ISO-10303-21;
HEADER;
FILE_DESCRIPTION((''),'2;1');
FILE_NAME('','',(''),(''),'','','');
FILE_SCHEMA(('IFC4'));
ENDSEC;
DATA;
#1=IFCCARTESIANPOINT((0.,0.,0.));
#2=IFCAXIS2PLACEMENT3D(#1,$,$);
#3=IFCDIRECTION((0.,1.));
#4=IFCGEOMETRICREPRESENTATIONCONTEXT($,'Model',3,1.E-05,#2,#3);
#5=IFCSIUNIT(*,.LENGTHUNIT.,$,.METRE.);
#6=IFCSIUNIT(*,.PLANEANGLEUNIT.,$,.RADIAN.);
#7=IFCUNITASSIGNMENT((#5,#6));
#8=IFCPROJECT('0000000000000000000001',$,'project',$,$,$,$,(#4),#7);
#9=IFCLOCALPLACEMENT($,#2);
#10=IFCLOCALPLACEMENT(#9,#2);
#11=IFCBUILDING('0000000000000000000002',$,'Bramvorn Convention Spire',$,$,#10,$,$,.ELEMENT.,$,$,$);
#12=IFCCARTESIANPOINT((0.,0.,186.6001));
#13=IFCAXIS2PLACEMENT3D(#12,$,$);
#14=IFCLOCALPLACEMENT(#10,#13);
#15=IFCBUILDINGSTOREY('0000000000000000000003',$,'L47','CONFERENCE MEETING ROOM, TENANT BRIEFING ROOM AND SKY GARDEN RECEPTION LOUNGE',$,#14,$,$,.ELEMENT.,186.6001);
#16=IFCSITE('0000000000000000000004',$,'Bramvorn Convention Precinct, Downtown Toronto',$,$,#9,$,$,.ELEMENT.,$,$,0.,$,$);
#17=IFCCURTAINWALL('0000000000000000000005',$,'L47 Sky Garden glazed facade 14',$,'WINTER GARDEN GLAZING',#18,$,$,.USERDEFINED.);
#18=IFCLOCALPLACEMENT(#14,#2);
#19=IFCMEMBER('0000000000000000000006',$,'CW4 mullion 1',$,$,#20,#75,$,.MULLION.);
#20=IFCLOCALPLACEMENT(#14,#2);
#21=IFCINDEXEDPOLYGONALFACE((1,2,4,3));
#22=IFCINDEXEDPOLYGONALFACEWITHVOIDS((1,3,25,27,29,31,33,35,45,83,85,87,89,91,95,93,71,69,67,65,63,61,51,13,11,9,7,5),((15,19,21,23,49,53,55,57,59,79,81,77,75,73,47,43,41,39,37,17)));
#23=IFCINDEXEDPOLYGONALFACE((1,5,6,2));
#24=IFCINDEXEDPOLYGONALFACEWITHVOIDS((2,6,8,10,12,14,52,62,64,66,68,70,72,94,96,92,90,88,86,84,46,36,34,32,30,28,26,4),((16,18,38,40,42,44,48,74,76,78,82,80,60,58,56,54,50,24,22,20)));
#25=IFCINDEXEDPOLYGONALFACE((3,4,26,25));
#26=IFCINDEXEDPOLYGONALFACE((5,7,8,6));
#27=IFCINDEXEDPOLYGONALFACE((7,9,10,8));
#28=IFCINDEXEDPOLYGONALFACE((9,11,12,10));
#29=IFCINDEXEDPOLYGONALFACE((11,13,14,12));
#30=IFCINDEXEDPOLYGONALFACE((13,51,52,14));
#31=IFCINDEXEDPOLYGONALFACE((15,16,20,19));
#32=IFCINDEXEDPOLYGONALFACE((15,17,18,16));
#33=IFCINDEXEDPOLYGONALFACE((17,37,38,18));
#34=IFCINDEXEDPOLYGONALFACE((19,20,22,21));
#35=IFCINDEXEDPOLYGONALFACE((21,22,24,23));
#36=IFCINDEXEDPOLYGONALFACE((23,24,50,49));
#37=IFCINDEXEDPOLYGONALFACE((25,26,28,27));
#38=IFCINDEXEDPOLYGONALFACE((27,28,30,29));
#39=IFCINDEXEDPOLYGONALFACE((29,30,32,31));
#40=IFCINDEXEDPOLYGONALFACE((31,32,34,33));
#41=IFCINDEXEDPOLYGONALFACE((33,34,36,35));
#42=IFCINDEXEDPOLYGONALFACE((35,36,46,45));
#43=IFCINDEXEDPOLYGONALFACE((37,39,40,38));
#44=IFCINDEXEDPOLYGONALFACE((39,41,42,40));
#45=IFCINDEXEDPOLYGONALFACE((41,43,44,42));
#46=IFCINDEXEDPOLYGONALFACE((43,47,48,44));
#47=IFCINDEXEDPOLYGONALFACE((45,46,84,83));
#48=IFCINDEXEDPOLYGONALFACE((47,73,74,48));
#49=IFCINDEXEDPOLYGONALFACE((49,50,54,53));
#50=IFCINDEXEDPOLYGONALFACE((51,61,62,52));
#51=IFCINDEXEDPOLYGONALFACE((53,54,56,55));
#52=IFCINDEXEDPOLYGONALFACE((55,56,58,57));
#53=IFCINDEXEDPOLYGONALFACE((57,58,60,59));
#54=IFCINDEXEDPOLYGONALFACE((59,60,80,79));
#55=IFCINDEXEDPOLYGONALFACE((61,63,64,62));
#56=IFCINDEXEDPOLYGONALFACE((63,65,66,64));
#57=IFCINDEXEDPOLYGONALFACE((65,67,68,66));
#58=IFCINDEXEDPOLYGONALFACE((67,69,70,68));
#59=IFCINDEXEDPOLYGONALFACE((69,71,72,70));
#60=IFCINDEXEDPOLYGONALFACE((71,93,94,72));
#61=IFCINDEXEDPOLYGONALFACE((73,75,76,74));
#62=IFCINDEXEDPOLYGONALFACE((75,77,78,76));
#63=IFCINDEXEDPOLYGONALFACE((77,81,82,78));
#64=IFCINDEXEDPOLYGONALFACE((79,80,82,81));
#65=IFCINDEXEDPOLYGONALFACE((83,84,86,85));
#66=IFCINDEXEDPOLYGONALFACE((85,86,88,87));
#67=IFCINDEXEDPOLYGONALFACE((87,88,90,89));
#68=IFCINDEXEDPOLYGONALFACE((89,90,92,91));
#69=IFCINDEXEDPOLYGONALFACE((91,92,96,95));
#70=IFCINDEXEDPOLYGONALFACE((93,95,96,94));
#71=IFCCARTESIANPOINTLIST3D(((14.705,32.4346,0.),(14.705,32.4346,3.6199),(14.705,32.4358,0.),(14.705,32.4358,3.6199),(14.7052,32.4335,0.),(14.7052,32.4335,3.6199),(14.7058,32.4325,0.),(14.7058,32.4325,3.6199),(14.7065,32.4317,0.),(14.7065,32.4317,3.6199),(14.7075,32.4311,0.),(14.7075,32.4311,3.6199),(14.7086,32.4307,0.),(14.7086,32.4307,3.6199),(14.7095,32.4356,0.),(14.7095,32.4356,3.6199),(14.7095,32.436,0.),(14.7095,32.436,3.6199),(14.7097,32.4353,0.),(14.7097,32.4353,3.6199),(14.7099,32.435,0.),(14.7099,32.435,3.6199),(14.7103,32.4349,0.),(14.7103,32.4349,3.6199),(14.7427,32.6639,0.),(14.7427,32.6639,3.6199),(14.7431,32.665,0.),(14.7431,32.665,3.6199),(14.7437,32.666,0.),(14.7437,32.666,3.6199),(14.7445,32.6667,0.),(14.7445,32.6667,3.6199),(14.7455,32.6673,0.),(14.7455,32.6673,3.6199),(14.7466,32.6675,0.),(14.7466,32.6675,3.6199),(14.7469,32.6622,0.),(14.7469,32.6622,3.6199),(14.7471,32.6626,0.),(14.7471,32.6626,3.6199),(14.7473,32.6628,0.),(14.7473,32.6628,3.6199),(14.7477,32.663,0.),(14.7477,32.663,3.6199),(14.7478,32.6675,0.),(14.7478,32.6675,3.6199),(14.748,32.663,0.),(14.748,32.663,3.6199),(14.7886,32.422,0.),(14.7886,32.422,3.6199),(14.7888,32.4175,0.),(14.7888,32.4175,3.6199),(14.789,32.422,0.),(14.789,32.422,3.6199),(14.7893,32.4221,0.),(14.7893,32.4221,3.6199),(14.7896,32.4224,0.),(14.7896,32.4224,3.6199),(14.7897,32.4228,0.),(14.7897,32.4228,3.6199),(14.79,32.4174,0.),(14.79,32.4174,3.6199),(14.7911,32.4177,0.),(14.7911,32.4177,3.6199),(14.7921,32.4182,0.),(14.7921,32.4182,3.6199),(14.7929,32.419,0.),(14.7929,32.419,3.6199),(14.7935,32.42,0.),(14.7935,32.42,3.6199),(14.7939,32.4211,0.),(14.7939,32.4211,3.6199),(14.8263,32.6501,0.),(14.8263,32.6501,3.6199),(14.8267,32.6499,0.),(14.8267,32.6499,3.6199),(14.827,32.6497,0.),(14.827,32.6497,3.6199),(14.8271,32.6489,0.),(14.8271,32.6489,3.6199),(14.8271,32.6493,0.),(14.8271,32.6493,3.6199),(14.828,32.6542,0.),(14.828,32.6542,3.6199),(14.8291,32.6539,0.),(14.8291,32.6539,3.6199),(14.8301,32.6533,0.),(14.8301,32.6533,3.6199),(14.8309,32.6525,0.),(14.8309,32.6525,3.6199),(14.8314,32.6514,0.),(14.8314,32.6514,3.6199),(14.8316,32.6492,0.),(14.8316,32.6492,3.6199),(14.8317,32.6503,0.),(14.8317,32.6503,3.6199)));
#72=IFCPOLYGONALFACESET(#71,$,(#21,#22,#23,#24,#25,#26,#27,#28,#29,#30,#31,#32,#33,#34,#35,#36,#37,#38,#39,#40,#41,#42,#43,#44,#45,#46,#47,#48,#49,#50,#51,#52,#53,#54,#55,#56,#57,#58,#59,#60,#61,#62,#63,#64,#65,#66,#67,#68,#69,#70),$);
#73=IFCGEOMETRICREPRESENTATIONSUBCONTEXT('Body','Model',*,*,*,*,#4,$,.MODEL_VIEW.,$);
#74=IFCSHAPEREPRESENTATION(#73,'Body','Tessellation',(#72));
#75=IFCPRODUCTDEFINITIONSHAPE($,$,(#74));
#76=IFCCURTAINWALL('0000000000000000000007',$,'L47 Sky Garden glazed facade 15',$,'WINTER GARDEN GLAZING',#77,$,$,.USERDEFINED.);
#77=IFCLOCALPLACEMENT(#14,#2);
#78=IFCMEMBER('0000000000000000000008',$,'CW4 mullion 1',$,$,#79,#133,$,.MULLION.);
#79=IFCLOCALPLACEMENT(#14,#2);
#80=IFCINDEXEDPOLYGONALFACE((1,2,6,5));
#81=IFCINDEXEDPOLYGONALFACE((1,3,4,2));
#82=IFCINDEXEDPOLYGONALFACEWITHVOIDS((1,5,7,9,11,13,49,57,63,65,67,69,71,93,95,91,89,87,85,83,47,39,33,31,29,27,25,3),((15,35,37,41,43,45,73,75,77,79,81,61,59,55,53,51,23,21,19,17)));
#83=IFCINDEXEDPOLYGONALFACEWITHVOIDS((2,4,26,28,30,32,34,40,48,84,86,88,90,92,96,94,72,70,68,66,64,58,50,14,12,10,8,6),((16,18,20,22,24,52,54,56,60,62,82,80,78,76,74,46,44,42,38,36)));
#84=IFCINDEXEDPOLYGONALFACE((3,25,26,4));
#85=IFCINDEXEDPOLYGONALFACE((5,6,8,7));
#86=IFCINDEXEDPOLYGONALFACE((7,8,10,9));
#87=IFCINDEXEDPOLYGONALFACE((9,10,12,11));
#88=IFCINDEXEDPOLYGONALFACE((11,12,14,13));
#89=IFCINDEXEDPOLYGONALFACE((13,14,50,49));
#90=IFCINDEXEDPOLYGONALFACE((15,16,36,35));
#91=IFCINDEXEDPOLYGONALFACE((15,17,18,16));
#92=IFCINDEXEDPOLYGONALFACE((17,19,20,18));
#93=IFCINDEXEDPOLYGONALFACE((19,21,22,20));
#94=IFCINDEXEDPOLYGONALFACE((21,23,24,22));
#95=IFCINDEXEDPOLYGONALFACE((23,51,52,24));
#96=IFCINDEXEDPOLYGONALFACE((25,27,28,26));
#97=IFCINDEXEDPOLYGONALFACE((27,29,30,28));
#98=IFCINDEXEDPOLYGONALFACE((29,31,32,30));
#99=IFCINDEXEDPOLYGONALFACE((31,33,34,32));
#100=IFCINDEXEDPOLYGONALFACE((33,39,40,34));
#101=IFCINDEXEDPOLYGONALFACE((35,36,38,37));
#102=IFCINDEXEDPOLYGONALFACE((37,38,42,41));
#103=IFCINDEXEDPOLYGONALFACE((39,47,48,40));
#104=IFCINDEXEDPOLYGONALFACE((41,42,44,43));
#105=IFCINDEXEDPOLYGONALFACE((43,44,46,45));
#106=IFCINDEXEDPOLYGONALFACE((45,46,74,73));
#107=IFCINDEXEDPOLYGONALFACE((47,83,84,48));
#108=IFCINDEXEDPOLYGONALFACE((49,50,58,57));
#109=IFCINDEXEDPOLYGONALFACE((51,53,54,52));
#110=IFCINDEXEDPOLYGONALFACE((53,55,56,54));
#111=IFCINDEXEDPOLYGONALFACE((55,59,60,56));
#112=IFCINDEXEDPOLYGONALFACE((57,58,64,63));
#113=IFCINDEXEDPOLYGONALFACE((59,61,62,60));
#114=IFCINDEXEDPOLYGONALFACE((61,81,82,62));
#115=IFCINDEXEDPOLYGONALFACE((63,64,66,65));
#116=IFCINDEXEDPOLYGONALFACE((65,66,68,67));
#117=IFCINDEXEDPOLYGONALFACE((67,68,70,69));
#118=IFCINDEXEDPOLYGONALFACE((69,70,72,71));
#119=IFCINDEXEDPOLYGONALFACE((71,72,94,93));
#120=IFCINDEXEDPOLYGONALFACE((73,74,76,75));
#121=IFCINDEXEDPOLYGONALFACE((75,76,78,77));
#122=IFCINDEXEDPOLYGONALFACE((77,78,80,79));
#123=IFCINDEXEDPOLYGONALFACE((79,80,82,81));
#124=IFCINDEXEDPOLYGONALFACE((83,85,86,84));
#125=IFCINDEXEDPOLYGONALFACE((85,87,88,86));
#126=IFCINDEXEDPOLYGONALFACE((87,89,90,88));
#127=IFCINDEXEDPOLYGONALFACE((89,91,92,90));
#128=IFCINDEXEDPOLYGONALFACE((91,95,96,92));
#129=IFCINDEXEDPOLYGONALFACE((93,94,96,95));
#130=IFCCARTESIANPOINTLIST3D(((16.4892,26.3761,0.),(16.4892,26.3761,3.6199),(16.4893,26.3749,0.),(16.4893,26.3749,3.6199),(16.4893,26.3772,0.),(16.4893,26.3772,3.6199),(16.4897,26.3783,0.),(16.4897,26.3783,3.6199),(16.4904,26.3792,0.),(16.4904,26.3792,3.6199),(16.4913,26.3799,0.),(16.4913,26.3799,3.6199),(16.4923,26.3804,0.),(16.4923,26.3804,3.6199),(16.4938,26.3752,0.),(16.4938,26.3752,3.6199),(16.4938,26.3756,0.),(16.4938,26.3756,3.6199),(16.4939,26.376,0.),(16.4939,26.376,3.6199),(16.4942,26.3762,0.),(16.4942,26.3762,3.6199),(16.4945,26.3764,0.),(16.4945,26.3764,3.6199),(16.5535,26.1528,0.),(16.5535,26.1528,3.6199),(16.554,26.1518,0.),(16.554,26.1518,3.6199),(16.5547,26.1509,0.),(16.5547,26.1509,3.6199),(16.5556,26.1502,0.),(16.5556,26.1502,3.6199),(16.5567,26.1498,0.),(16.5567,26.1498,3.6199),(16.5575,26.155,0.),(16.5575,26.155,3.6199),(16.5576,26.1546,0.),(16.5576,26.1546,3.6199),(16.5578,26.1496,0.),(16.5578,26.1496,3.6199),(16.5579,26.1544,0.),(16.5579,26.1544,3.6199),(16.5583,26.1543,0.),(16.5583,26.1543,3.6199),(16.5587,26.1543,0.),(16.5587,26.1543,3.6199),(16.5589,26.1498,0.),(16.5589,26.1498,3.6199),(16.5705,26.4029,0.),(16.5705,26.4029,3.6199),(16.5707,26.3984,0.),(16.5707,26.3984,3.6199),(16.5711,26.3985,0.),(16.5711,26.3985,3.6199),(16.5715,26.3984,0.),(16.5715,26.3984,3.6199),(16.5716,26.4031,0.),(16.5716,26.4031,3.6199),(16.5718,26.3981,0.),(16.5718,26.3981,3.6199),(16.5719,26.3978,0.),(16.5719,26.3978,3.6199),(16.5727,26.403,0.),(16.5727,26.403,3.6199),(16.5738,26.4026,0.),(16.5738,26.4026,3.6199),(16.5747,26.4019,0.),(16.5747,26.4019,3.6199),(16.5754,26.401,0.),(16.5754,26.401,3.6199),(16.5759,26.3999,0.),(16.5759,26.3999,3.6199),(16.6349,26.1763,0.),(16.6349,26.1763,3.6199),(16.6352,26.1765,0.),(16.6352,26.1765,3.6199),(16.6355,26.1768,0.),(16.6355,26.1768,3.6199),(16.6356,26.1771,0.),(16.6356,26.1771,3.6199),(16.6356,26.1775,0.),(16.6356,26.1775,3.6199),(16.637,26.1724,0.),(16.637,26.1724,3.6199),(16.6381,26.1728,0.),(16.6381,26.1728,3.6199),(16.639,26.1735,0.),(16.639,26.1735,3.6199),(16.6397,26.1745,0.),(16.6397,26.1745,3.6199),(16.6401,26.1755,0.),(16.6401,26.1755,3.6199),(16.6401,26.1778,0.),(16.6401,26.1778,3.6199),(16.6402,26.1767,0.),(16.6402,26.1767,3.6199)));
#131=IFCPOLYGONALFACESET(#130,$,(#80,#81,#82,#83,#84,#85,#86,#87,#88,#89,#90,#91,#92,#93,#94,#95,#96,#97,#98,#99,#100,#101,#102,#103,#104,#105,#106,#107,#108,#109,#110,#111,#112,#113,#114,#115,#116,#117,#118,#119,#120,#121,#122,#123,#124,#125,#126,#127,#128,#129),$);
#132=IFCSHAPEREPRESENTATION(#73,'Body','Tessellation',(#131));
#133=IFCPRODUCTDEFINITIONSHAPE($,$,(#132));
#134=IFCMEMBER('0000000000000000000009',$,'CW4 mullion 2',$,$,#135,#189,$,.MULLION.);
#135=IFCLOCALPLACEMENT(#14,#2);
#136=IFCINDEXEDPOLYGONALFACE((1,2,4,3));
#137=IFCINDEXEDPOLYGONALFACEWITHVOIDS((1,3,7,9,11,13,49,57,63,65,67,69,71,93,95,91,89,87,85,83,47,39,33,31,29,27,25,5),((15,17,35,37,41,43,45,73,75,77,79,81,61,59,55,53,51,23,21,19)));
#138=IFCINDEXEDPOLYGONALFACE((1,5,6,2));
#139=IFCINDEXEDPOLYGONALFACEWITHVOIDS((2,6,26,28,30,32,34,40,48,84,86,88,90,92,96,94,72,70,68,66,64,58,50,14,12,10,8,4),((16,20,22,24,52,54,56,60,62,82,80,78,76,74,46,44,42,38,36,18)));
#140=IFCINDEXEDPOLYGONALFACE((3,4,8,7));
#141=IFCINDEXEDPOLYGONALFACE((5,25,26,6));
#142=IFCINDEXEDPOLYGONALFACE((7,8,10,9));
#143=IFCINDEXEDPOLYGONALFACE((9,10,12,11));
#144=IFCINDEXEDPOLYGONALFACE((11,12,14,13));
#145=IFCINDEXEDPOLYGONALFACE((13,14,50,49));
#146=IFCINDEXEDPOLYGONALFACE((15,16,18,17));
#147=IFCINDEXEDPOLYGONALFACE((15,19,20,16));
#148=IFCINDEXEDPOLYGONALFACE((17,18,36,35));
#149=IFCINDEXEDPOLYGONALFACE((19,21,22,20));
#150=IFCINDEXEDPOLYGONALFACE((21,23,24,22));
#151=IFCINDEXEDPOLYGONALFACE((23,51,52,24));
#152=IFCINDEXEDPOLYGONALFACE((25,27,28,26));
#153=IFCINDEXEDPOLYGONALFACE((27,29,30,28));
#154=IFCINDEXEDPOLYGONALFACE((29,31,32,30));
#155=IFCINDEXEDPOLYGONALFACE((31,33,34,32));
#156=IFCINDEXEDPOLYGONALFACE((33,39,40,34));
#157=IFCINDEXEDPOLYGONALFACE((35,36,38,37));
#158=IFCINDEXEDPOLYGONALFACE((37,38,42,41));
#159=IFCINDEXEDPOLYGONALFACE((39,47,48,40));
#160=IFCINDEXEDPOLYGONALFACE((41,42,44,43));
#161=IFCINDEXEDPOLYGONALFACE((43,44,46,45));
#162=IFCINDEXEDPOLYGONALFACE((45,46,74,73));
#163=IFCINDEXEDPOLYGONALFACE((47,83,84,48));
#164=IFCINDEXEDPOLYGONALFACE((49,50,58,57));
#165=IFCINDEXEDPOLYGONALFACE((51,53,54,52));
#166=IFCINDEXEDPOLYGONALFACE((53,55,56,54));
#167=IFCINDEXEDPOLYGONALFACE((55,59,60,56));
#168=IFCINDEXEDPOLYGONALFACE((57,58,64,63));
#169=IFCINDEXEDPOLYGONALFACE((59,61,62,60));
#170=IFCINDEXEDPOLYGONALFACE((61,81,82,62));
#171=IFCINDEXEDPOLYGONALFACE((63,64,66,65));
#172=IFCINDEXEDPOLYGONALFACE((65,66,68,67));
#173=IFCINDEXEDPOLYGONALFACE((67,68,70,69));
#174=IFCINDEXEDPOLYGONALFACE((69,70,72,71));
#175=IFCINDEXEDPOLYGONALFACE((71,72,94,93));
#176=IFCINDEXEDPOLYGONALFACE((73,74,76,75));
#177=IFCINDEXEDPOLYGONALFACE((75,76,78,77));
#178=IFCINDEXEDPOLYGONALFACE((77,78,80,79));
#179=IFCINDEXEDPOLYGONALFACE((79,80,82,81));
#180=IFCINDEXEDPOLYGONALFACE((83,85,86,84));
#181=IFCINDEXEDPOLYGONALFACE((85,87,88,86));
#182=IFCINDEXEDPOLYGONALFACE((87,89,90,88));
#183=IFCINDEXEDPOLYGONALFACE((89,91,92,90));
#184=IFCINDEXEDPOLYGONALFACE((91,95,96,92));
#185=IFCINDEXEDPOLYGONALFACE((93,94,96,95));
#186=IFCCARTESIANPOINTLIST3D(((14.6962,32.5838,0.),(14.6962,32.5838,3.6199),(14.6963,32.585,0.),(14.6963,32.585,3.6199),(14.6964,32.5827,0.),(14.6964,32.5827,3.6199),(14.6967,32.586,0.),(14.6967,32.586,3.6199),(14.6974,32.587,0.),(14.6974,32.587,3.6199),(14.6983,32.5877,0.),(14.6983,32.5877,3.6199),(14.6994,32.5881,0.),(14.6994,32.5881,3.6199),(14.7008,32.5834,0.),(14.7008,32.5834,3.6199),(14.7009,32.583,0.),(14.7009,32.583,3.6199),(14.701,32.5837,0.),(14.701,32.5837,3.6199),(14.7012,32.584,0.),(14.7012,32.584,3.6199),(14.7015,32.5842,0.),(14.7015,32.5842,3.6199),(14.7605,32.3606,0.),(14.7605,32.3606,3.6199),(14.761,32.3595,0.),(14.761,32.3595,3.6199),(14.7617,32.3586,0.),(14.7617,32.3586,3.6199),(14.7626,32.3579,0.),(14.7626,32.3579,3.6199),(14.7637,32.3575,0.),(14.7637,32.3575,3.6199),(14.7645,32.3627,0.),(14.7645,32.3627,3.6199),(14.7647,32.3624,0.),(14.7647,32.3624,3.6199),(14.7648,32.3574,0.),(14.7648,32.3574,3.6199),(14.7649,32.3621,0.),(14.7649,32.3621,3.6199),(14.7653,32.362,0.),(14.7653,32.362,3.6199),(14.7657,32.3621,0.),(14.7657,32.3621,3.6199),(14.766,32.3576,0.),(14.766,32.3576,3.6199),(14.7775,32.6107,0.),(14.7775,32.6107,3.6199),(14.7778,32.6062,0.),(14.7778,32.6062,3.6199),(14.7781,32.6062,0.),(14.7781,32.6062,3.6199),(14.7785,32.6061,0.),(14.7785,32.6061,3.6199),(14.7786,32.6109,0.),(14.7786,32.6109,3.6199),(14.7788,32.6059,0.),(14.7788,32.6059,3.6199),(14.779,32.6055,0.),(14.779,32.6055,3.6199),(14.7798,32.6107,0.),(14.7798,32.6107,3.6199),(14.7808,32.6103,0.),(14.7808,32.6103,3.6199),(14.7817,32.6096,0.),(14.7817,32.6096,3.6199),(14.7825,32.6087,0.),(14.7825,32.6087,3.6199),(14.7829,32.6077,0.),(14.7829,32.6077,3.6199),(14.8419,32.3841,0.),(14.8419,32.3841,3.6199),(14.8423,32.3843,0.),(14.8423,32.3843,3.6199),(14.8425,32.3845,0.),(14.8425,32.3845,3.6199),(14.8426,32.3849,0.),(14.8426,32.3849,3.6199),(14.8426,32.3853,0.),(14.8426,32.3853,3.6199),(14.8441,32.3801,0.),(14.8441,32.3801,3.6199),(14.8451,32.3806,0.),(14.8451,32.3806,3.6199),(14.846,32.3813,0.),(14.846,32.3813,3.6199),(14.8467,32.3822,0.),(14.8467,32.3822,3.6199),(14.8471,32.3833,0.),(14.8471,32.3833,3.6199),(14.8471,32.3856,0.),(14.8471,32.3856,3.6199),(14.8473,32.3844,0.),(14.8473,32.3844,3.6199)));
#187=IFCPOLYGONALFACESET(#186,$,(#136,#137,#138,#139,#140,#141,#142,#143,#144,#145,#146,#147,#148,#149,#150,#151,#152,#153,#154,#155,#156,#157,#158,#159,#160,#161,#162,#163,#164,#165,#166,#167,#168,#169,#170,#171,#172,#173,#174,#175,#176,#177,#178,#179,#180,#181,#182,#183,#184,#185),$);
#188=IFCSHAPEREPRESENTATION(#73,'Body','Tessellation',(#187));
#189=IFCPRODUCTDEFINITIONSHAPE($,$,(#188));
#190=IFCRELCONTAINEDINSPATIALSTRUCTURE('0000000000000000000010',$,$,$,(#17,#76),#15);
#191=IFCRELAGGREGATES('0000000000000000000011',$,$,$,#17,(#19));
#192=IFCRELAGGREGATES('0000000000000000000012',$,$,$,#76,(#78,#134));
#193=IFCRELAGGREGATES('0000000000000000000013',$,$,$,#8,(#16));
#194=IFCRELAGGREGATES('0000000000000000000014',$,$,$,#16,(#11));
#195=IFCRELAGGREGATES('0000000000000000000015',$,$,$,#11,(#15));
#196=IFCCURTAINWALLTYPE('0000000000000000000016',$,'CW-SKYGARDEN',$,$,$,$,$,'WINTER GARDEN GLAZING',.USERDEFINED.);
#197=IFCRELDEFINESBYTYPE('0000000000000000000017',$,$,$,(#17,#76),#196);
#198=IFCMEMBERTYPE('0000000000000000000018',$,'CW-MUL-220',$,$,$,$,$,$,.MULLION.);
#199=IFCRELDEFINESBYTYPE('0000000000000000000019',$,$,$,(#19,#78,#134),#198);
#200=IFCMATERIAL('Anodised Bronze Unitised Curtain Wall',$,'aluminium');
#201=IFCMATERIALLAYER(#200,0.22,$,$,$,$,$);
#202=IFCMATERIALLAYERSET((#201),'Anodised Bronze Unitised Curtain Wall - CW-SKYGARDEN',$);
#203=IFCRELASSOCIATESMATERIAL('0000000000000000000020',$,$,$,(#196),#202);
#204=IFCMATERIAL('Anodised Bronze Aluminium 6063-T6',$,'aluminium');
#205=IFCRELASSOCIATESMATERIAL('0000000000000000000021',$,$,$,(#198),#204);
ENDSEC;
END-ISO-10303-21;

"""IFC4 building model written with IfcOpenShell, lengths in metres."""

from ifc_helpers import new_model, si_unit, direction, frame, origin, origin_2d, place, context, subcontext, project, spatial, hollow_rectangle, extrude, material, layer, layer_set, material_profile, profile_set, type_object, element, aggregate, save


model = new_model("IFC4")

# Units and contexts
model_context = context("Model", 3, precision=1e-05, world=origin(), true_north=direction((0.0, 1.0)))
body_context = subcontext(model_context, "Body", "Model", "MODEL_VIEW")
ifc_project = project(units=[si_unit("LENGTHUNIT", "METRE"), si_unit("PLANEANGLEUNIT", "RADIAN")], contexts=[model_context])

# Site, building, storey
site_placement = place(None, origin())
site = spatial("IfcSite", under=ifc_project, at=site_placement, Name="Bramvorn Convention Precinct, Downtown Toronto", CompositionType="ELEMENT", RefElevation=0.0)
building_placement = place(site_placement, origin())
building = spatial("IfcBuilding", under=site, at=building_placement, Name="Bramvorn Convention Spire", CompositionType="ELEMENT")
storey_placement = place(building_placement, frame((0.0, 0.0, 186.6001)))
storey = spatial("IfcBuildingStorey", under=building, at=storey_placement, Name="L47", Description="CONFERENCE MEETING ROOM, TENANT BRIEFING ROOM AND SKY GARDEN RECEPTION LOUNGE", CompositionType="ELEMENT", Elevation=186.6001)

# Curtain wall, member
ifc_material_1 = material(Name="Anodised Bronze Unitised Curtain Wall", Category="aluminium")
ifc_layer_1 = layer(ifc_material_1, 0.22)
ifc_layer_set_1 = layer_set([ifc_layer_1], Name="Anodised Bronze Unitised Curtain Wall - CW-SKYGARDEN")
curtain_wall_type = type_object("IfcCurtainWallType", Name="CW-SKYGARDEN", ElementType="WINTER GARDEN GLAZING", PredefinedType="USERDEFINED", material=ifc_layer_set_1)
curtain_wall_1_placement = place(storey_placement, origin())
curtain_wall_1 = element("IfcCurtainWall", 1, at=curtain_wall_1_placement, inside=storey, type_object=curtain_wall_type, Name="L47 Sky Garden glazed facade 14", ObjectType="WINTER GARDEN GLAZING", PredefinedType="USERDEFINED")
ifc_material_2 = material(Name="Anodised Bronze Aluminium 6063-T6", Category="aluminium")
ifc_material_profile_1 = material_profile(ifc_material_2, hollow_rectangle(XDim=0.0901, YDim=0.24, WallThickness=0.0044, InnerFilletRadius=0.001, OuterFilletRadius=0.0044, at=origin_2d()))
ifc_profile_set_1 = profile_set([ifc_material_profile_1], Name="Anodised Bronze Aluminium 6063-T6 - CWM90X240")
member_type_1 = type_object("IfcMemberType", Name="CW-MUL-220", PredefinedType="MULLION", material=ifc_profile_set_1)
member_1_placement = place(storey_placement, frame((14.7683, 32.5425, 0.0), z_axis=(0.0, 0.0, 1.0), x_axis=(-0.986584, 0.163253, 0.0)))
member_1 = element("IfcMember", 2, at=member_1_placement, type_object=member_type_1, Name="CW4 mullion 1", PredefinedType="MULLION", context=body_context, shape_type="SweptSolid", body=[
    extrude(hollow_rectangle(XDim=0.0901, YDim=0.24, WallThickness=0.0044, InnerFilletRadius=0.001, OuterFilletRadius=0.0044, at=origin_2d()), origin(), (0.0, 0.0, 1.0), 3.6199),
])

# Curtain wall, members
curtain_wall_2_placement = place(storey_placement, origin())
curtain_wall_2 = element("IfcCurtainWall", 3, at=curtain_wall_2_placement, inside=storey, type_object=curtain_wall_type, Name="L47 Sky Garden glazed facade 15", ObjectType="WINTER GARDEN GLAZING", PredefinedType="USERDEFINED")
member_2_placement = place(storey_placement, frame((16.5647, 26.2764, 0.0), z_axis=(0.0, 0.0, 1.0), x_axis=(-0.960727, -0.277497, 0.0)))
member_2 = element("IfcMember", 4, at=member_2_placement, type_object=member_type_1, Name="CW4 mullion 1", PredefinedType="MULLION", context=body_context, shape_type="SweptSolid", body=[
    extrude(hollow_rectangle(XDim=0.0901, YDim=0.24, WallThickness=0.0044, InnerFilletRadius=0.001, OuterFilletRadius=0.0044, at=origin_2d()), origin(), (0.0, 0.0, 1.0), 3.6199),
])
member_3_placement = place(storey_placement, frame((14.7717, 32.4841, 0.0), z_axis=(0.0, 0.0, 1.0), x_axis=(-0.960727, -0.277497, 0.0)))
member_3 = element("IfcMember", 5, at=member_3_placement, type_object=member_type_1, Name="CW4 mullion 2", PredefinedType="MULLION", context=body_context, shape_type="SweptSolid", body=[
    extrude(hollow_rectangle(XDim=0.0901, YDim=0.24, WallThickness=0.0044, InnerFilletRadius=0.001, OuterFilletRadius=0.0044, at=origin_2d()), origin(), (0.0, 0.0, 1.0), 3.6199),
])

aggregate(curtain_wall_1, [member_1])

aggregate(curtain_wall_2, [member_2, member_3])

save(model, "model.ifc")
